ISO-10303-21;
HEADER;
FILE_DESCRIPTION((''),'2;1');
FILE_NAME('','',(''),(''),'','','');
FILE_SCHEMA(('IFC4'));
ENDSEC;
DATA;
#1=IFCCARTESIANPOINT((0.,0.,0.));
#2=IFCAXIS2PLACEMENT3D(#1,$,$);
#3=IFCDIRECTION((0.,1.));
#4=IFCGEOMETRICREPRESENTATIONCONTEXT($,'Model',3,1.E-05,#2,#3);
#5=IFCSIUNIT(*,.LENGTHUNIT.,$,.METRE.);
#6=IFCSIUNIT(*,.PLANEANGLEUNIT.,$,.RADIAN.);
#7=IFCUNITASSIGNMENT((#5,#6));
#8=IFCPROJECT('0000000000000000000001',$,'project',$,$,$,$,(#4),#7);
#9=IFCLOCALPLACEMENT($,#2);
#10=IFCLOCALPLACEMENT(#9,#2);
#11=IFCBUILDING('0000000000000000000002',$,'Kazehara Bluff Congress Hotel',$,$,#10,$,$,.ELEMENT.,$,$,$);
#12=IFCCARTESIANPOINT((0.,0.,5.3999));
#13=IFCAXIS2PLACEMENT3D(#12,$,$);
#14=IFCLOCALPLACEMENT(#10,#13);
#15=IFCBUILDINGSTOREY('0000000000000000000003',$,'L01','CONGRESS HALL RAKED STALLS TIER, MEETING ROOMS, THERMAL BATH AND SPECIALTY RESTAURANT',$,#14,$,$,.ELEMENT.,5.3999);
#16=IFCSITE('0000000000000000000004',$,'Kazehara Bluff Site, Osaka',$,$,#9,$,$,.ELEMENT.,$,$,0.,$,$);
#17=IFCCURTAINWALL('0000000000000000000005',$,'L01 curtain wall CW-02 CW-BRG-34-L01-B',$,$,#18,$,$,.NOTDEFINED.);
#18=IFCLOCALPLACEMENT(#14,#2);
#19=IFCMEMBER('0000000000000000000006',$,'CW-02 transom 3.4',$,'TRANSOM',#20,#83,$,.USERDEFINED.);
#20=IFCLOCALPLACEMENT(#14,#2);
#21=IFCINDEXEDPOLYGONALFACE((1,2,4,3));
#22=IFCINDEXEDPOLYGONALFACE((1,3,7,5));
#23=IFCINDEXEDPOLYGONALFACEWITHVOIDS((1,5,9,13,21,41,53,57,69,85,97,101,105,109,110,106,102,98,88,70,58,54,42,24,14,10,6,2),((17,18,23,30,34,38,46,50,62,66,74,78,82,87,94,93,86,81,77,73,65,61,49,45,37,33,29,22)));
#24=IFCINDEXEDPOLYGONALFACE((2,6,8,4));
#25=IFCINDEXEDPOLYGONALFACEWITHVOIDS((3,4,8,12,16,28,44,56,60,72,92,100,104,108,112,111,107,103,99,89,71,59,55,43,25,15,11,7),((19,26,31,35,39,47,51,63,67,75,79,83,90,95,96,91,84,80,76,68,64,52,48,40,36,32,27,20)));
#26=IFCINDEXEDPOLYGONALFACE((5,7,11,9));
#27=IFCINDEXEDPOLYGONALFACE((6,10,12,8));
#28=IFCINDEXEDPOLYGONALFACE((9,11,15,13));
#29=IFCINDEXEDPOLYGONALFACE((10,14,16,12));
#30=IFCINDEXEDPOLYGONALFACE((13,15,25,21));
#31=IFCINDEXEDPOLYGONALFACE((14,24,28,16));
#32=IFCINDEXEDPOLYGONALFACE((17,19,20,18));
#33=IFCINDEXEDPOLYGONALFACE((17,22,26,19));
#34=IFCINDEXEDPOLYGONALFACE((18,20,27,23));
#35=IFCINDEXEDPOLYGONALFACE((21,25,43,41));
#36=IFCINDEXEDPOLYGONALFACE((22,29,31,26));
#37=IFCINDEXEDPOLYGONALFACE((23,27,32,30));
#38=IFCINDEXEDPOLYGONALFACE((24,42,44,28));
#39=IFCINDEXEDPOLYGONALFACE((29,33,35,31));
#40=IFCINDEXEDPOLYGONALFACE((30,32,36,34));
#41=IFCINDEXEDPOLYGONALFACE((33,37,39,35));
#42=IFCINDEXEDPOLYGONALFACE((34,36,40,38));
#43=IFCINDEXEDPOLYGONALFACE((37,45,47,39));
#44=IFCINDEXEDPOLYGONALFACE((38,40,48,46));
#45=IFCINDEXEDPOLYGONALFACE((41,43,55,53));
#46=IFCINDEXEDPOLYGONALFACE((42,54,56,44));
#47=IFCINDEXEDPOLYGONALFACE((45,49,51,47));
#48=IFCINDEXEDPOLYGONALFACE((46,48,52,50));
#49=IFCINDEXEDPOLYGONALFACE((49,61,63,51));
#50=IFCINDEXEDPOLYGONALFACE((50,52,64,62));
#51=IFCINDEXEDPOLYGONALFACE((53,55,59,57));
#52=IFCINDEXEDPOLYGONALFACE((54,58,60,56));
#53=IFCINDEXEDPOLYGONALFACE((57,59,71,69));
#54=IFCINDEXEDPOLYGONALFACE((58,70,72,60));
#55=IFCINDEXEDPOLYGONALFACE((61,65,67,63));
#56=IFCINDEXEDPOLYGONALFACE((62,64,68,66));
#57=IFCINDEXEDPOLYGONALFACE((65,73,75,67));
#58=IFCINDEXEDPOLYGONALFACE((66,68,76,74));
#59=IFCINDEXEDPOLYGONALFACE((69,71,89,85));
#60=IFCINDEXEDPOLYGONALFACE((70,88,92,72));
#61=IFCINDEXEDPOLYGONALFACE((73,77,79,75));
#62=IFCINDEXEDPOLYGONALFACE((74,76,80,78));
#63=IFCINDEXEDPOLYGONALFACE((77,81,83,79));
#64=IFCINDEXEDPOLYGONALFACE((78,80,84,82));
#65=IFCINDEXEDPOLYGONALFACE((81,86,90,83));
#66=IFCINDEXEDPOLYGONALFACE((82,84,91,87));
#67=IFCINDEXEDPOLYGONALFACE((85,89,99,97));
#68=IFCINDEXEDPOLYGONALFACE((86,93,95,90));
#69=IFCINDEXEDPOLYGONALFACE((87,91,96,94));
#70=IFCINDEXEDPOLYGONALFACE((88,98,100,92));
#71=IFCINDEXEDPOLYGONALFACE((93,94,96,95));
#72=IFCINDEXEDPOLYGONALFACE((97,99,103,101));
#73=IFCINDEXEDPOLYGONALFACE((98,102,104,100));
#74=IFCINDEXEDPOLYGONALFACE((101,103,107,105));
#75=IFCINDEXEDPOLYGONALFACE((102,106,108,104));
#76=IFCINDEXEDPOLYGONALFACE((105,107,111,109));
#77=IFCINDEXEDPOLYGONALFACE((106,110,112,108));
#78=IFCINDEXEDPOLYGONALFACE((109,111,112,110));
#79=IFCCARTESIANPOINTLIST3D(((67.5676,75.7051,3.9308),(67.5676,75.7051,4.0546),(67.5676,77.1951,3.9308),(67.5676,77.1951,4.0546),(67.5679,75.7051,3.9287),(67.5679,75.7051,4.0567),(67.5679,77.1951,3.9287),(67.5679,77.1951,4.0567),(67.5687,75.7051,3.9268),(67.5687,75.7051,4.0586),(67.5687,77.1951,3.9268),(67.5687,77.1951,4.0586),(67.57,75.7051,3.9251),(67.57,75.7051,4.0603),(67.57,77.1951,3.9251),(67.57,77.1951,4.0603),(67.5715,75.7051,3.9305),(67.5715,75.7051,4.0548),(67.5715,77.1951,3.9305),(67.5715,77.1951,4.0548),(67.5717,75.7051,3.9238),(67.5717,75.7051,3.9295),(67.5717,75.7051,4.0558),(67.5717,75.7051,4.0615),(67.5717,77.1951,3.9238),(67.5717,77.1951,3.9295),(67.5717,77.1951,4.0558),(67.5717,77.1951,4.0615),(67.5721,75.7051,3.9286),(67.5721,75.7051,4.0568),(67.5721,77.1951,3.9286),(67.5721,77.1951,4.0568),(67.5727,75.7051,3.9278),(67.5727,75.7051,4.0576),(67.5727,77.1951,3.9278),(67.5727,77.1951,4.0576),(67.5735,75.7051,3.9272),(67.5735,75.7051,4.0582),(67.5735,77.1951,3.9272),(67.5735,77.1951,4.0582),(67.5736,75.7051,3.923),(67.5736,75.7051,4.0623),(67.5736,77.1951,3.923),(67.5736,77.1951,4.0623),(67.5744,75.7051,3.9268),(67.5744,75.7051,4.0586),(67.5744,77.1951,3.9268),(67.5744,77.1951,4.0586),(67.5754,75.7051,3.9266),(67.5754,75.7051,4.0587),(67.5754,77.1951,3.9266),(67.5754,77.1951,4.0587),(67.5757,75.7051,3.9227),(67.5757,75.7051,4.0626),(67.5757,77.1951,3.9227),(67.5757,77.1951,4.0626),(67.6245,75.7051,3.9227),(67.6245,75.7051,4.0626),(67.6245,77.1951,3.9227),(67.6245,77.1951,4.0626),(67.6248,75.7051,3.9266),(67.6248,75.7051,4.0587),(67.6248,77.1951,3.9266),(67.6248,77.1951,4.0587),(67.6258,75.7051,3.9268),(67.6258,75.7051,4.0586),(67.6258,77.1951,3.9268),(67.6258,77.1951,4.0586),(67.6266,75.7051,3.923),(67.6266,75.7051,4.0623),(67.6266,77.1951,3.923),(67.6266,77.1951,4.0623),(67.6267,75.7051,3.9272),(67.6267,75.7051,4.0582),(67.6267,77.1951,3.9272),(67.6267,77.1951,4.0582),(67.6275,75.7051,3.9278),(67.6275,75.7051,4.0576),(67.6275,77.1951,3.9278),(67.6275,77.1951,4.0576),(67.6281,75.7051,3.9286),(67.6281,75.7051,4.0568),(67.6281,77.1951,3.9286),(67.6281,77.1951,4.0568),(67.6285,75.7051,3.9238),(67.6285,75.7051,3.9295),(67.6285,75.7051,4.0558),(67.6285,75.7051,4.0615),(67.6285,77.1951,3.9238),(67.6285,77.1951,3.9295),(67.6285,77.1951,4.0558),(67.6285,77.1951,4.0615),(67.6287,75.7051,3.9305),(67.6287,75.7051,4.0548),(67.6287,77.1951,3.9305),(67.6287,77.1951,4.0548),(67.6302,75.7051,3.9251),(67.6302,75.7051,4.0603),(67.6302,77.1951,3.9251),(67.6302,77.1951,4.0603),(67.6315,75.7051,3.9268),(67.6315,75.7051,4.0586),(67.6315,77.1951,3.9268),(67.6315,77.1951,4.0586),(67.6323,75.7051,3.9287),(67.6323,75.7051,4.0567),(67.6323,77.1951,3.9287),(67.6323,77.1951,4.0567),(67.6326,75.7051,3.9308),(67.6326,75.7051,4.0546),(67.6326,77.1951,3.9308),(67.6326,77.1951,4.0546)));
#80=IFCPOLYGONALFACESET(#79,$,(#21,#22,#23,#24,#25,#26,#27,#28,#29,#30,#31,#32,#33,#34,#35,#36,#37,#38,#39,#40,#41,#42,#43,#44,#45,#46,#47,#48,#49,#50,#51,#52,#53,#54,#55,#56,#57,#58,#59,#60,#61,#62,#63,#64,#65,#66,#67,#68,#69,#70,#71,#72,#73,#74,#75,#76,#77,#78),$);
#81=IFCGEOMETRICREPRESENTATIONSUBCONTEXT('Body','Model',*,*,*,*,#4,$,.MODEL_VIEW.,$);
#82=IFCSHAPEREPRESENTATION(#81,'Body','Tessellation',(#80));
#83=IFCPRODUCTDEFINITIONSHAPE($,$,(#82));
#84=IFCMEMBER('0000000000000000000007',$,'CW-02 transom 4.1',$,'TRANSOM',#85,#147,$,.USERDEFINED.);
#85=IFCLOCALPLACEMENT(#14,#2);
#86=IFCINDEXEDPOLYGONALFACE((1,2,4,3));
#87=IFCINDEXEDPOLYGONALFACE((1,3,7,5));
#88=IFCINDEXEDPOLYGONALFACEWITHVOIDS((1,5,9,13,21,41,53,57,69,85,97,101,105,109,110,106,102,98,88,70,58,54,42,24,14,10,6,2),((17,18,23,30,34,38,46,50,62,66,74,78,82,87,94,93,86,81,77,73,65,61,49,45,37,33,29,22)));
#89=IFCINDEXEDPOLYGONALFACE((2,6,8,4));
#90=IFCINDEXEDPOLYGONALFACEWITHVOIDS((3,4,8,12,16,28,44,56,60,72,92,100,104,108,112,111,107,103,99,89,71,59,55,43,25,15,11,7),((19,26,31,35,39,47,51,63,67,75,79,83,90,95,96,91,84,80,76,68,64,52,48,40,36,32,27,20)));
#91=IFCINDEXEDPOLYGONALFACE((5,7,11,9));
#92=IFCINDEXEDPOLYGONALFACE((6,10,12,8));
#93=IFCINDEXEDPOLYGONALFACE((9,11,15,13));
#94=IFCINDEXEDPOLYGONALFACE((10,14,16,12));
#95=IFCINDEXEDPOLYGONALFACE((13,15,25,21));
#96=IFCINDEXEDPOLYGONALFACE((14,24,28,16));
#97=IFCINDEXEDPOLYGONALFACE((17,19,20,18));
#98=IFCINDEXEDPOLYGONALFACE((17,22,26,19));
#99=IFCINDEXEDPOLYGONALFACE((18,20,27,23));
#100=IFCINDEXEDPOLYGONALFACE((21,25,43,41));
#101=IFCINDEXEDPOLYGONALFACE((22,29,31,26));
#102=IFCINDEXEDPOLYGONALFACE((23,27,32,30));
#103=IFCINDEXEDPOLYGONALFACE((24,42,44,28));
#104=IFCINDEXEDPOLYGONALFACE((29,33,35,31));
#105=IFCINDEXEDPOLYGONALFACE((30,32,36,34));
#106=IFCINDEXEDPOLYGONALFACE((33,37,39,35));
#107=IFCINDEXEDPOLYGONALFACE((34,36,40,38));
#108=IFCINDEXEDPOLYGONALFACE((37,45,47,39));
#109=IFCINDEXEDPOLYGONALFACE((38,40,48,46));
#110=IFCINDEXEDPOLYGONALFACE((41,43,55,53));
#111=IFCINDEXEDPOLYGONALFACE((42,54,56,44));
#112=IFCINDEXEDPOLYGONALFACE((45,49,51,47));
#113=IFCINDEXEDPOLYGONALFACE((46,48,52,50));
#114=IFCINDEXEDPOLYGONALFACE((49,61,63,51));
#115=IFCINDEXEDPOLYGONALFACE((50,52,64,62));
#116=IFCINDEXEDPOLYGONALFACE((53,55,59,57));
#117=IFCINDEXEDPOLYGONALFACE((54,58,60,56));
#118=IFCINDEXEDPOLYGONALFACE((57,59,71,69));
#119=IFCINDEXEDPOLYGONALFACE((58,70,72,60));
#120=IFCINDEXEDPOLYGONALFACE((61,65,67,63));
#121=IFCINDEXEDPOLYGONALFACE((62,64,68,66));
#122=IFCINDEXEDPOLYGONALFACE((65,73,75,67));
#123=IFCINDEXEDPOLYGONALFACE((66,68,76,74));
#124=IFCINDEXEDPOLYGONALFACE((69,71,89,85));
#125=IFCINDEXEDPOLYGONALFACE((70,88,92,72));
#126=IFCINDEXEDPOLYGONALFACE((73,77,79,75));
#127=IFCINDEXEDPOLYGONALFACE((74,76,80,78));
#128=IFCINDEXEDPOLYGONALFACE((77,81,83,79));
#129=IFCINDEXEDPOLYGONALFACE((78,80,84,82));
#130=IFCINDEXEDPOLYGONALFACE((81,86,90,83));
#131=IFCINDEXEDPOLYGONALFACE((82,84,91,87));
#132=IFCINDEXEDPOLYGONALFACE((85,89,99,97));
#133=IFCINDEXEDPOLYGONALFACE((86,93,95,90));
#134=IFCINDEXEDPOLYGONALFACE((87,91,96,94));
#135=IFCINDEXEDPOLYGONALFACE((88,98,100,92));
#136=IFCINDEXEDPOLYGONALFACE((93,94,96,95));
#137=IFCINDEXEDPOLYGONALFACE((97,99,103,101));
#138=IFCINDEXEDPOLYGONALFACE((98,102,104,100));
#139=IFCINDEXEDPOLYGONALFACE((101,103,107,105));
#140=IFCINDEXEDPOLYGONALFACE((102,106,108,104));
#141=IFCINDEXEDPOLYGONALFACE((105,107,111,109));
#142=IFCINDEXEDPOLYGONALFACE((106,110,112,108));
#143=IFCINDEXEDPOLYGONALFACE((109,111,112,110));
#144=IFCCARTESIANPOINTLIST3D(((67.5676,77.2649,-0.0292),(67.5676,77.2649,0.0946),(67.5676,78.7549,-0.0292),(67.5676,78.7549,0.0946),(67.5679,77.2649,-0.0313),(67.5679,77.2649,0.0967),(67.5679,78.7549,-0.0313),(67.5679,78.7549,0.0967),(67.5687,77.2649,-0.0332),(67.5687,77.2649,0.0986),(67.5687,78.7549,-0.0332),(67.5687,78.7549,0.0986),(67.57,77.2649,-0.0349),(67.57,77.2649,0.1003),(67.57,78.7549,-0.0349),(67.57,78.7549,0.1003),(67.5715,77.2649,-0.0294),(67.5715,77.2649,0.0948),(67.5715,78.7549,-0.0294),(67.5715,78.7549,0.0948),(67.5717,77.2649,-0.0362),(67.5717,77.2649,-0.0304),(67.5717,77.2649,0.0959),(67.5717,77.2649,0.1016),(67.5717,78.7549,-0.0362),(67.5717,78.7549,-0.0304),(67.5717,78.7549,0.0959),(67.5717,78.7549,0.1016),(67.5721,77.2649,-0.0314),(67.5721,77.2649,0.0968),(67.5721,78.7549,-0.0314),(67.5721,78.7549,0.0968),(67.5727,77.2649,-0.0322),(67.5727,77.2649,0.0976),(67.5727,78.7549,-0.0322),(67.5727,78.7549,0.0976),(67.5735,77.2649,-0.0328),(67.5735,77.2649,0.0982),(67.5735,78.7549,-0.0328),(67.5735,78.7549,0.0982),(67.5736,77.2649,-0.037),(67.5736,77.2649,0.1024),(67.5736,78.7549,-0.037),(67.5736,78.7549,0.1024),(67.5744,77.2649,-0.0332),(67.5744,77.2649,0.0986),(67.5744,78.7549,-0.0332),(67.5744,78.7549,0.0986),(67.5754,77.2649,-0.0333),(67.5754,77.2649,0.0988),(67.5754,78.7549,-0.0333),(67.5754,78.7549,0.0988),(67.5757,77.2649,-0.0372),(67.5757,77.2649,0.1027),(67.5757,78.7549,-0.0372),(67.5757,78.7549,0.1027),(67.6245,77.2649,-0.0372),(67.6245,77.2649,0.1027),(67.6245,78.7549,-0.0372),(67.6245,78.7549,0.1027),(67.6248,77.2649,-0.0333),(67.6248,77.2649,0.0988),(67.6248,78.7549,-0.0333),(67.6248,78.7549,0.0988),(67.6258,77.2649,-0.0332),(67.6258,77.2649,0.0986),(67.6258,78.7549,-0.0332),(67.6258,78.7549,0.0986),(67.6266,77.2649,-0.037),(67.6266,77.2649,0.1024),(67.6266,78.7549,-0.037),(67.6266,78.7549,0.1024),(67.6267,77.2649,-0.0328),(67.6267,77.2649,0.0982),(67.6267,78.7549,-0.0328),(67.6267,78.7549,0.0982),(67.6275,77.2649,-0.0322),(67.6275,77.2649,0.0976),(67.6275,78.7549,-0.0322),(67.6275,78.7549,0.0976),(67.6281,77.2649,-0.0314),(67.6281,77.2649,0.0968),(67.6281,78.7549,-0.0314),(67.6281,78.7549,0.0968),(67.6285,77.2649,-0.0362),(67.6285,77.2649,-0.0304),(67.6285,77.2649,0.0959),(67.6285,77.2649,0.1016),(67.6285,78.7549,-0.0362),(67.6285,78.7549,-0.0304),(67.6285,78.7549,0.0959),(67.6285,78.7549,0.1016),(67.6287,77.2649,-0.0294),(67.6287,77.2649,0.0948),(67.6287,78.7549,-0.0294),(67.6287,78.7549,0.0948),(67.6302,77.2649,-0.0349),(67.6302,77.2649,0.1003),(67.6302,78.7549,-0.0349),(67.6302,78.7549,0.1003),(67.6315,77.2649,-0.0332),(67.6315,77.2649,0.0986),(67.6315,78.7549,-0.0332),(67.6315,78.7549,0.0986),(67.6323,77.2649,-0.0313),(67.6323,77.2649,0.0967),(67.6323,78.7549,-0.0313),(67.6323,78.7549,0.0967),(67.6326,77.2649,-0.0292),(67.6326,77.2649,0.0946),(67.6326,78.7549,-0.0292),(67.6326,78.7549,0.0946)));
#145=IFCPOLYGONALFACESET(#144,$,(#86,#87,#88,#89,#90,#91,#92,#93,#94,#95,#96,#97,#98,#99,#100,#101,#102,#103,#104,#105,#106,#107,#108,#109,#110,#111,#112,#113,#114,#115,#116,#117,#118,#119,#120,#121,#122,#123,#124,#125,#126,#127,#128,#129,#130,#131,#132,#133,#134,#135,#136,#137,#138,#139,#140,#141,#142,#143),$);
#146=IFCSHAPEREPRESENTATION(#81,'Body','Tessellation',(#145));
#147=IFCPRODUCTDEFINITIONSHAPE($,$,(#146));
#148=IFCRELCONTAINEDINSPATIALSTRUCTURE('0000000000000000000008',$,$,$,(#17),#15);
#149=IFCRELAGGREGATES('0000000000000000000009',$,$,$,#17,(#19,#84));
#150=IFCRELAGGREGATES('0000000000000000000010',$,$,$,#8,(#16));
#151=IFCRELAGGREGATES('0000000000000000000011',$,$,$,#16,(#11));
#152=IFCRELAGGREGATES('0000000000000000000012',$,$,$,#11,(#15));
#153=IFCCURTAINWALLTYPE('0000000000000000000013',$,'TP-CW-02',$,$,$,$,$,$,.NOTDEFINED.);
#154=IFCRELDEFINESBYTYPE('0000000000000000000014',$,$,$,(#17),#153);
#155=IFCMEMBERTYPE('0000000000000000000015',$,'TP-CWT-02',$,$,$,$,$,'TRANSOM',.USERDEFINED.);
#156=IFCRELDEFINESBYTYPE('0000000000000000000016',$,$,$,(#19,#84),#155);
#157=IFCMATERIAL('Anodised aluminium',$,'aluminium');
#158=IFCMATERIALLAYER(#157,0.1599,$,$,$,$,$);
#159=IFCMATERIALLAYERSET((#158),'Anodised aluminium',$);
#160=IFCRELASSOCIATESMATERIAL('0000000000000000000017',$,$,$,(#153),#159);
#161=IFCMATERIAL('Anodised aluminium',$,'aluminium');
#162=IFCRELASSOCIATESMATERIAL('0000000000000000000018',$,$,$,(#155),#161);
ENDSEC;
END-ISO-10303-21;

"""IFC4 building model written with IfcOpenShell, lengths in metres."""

from ifc_helpers import new_model, si_unit, direction, frame, origin, origin_2d, place, context, subcontext, project, spatial, hollow_rectangle, extrude, material, layer, layer_set, material_profile, profile_set, type_object, element, aggregate, save


model = new_model("IFC4")

# Units and contexts
model_context = context("Model", 3, precision=1e-05, world=origin(), true_north=direction((0.0, 1.0)))
body_context = subcontext(model_context, "Body", "Model", "MODEL_VIEW")
ifc_project = project(units=[si_unit("LENGTHUNIT", "METRE"), si_unit("PLANEANGLEUNIT", "RADIAN")], contexts=[model_context])

# Site, building, storey
site_placement = place(None, origin())
site = spatial("IfcSite", under=ifc_project, at=site_placement, Name="Kazehara Bluff Site, Osaka", CompositionType="ELEMENT", RefElevation=0.0)
building_placement = place(site_placement, origin())
building = spatial("IfcBuilding", under=site, at=building_placement, Name="Kazehara Bluff Congress Hotel", CompositionType="ELEMENT")
storey_placement = place(building_placement, frame((0.0, 0.0, 5.3999)))
storey = spatial("IfcBuildingStorey", under=building, at=storey_placement, Name="L01", Description="CONGRESS HALL RAKED STALLS TIER, MEETING ROOMS, THERMAL BATH AND SPECIALTY RESTAURANT", CompositionType="ELEMENT", Elevation=5.3999)

# Curtain wall
ifc_material_1 = material(Name="Anodised aluminium", Category="aluminium")
ifc_layer_1 = layer(ifc_material_1, 0.1599)
ifc_layer_set_1 = layer_set([ifc_layer_1], Name="Anodised aluminium")
curtain_wall_type = type_object("IfcCurtainWallType", Name="TP-CW-02", PredefinedType="NOTDEFINED", material=ifc_layer_set_1)
curtain_wall_1_placement = place(storey_placement, origin())
curtain_wall_1 = element("IfcCurtainWall", 1, at=curtain_wall_1_placement, inside=storey, type_object=curtain_wall_type, Name="L01 curtain wall CW-02 CW-BRG-34-L01-B", PredefinedType="NOTDEFINED")

# Shared definitions
ifc_material_2 = material(Name="Anodised aluminium", Category="aluminium")
ifc_material_profile_1 = material_profile(ifc_material_2, hollow_rectangle(XDim=0.0649, YDim=0.1399, WallThickness=0.0039, InnerFilletRadius=0.0039, OuterFilletRadius=0.0081, at=origin_2d()))
ifc_profile_set_1 = profile_set([ifc_material_profile_1], Name="Anodised aluminium")
member_type_1 = type_object("IfcMemberType", Name="TP-CWT-02", ElementType="TRANSOM", PredefinedType="USERDEFINED", material=ifc_profile_set_1)

# Members
member_1_placement = place(storey_placement, frame((67.6001, 75.7051, 3.9927), z_axis=(0.0, 1.0, 0.0), x_axis=(-1.0, 0.0, 0.0)))
member_1 = element("IfcMember", 2, at=member_1_placement, type_object=member_type_1, Name="CW-02 transom 3.4", ObjectType="TRANSOM", PredefinedType="USERDEFINED", context=body_context, shape_type="SweptSolid", body=[
    extrude(hollow_rectangle(XDim=0.0649, YDim=0.1399, WallThickness=0.0039, InnerFilletRadius=0.0039, OuterFilletRadius=0.0081, at=origin_2d()), origin(), (0.0, 0.0, 1.0), 1.49),
])
member_2_placement = place(storey_placement, frame((67.6001, 77.2649, 0.0327), z_axis=(0.0, 1.0, 0.0), x_axis=(-1.0, 0.0, 0.0)))
member_2 = element("IfcMember", 3, at=member_2_placement, type_object=member_type_1, Name="CW-02 transom 4.1", ObjectType="TRANSOM", PredefinedType="USERDEFINED", context=body_context, shape_type="SweptSolid", body=[
    extrude(hollow_rectangle(XDim=0.0649, YDim=0.1399, WallThickness=0.0039, InnerFilletRadius=0.0039, OuterFilletRadius=0.0081, at=origin_2d()), origin(), (0.0, 0.0, 1.0), 1.49),
])

aggregate(curtain_wall_1, [member_1, member_2])

save(model, "model.ifc")
